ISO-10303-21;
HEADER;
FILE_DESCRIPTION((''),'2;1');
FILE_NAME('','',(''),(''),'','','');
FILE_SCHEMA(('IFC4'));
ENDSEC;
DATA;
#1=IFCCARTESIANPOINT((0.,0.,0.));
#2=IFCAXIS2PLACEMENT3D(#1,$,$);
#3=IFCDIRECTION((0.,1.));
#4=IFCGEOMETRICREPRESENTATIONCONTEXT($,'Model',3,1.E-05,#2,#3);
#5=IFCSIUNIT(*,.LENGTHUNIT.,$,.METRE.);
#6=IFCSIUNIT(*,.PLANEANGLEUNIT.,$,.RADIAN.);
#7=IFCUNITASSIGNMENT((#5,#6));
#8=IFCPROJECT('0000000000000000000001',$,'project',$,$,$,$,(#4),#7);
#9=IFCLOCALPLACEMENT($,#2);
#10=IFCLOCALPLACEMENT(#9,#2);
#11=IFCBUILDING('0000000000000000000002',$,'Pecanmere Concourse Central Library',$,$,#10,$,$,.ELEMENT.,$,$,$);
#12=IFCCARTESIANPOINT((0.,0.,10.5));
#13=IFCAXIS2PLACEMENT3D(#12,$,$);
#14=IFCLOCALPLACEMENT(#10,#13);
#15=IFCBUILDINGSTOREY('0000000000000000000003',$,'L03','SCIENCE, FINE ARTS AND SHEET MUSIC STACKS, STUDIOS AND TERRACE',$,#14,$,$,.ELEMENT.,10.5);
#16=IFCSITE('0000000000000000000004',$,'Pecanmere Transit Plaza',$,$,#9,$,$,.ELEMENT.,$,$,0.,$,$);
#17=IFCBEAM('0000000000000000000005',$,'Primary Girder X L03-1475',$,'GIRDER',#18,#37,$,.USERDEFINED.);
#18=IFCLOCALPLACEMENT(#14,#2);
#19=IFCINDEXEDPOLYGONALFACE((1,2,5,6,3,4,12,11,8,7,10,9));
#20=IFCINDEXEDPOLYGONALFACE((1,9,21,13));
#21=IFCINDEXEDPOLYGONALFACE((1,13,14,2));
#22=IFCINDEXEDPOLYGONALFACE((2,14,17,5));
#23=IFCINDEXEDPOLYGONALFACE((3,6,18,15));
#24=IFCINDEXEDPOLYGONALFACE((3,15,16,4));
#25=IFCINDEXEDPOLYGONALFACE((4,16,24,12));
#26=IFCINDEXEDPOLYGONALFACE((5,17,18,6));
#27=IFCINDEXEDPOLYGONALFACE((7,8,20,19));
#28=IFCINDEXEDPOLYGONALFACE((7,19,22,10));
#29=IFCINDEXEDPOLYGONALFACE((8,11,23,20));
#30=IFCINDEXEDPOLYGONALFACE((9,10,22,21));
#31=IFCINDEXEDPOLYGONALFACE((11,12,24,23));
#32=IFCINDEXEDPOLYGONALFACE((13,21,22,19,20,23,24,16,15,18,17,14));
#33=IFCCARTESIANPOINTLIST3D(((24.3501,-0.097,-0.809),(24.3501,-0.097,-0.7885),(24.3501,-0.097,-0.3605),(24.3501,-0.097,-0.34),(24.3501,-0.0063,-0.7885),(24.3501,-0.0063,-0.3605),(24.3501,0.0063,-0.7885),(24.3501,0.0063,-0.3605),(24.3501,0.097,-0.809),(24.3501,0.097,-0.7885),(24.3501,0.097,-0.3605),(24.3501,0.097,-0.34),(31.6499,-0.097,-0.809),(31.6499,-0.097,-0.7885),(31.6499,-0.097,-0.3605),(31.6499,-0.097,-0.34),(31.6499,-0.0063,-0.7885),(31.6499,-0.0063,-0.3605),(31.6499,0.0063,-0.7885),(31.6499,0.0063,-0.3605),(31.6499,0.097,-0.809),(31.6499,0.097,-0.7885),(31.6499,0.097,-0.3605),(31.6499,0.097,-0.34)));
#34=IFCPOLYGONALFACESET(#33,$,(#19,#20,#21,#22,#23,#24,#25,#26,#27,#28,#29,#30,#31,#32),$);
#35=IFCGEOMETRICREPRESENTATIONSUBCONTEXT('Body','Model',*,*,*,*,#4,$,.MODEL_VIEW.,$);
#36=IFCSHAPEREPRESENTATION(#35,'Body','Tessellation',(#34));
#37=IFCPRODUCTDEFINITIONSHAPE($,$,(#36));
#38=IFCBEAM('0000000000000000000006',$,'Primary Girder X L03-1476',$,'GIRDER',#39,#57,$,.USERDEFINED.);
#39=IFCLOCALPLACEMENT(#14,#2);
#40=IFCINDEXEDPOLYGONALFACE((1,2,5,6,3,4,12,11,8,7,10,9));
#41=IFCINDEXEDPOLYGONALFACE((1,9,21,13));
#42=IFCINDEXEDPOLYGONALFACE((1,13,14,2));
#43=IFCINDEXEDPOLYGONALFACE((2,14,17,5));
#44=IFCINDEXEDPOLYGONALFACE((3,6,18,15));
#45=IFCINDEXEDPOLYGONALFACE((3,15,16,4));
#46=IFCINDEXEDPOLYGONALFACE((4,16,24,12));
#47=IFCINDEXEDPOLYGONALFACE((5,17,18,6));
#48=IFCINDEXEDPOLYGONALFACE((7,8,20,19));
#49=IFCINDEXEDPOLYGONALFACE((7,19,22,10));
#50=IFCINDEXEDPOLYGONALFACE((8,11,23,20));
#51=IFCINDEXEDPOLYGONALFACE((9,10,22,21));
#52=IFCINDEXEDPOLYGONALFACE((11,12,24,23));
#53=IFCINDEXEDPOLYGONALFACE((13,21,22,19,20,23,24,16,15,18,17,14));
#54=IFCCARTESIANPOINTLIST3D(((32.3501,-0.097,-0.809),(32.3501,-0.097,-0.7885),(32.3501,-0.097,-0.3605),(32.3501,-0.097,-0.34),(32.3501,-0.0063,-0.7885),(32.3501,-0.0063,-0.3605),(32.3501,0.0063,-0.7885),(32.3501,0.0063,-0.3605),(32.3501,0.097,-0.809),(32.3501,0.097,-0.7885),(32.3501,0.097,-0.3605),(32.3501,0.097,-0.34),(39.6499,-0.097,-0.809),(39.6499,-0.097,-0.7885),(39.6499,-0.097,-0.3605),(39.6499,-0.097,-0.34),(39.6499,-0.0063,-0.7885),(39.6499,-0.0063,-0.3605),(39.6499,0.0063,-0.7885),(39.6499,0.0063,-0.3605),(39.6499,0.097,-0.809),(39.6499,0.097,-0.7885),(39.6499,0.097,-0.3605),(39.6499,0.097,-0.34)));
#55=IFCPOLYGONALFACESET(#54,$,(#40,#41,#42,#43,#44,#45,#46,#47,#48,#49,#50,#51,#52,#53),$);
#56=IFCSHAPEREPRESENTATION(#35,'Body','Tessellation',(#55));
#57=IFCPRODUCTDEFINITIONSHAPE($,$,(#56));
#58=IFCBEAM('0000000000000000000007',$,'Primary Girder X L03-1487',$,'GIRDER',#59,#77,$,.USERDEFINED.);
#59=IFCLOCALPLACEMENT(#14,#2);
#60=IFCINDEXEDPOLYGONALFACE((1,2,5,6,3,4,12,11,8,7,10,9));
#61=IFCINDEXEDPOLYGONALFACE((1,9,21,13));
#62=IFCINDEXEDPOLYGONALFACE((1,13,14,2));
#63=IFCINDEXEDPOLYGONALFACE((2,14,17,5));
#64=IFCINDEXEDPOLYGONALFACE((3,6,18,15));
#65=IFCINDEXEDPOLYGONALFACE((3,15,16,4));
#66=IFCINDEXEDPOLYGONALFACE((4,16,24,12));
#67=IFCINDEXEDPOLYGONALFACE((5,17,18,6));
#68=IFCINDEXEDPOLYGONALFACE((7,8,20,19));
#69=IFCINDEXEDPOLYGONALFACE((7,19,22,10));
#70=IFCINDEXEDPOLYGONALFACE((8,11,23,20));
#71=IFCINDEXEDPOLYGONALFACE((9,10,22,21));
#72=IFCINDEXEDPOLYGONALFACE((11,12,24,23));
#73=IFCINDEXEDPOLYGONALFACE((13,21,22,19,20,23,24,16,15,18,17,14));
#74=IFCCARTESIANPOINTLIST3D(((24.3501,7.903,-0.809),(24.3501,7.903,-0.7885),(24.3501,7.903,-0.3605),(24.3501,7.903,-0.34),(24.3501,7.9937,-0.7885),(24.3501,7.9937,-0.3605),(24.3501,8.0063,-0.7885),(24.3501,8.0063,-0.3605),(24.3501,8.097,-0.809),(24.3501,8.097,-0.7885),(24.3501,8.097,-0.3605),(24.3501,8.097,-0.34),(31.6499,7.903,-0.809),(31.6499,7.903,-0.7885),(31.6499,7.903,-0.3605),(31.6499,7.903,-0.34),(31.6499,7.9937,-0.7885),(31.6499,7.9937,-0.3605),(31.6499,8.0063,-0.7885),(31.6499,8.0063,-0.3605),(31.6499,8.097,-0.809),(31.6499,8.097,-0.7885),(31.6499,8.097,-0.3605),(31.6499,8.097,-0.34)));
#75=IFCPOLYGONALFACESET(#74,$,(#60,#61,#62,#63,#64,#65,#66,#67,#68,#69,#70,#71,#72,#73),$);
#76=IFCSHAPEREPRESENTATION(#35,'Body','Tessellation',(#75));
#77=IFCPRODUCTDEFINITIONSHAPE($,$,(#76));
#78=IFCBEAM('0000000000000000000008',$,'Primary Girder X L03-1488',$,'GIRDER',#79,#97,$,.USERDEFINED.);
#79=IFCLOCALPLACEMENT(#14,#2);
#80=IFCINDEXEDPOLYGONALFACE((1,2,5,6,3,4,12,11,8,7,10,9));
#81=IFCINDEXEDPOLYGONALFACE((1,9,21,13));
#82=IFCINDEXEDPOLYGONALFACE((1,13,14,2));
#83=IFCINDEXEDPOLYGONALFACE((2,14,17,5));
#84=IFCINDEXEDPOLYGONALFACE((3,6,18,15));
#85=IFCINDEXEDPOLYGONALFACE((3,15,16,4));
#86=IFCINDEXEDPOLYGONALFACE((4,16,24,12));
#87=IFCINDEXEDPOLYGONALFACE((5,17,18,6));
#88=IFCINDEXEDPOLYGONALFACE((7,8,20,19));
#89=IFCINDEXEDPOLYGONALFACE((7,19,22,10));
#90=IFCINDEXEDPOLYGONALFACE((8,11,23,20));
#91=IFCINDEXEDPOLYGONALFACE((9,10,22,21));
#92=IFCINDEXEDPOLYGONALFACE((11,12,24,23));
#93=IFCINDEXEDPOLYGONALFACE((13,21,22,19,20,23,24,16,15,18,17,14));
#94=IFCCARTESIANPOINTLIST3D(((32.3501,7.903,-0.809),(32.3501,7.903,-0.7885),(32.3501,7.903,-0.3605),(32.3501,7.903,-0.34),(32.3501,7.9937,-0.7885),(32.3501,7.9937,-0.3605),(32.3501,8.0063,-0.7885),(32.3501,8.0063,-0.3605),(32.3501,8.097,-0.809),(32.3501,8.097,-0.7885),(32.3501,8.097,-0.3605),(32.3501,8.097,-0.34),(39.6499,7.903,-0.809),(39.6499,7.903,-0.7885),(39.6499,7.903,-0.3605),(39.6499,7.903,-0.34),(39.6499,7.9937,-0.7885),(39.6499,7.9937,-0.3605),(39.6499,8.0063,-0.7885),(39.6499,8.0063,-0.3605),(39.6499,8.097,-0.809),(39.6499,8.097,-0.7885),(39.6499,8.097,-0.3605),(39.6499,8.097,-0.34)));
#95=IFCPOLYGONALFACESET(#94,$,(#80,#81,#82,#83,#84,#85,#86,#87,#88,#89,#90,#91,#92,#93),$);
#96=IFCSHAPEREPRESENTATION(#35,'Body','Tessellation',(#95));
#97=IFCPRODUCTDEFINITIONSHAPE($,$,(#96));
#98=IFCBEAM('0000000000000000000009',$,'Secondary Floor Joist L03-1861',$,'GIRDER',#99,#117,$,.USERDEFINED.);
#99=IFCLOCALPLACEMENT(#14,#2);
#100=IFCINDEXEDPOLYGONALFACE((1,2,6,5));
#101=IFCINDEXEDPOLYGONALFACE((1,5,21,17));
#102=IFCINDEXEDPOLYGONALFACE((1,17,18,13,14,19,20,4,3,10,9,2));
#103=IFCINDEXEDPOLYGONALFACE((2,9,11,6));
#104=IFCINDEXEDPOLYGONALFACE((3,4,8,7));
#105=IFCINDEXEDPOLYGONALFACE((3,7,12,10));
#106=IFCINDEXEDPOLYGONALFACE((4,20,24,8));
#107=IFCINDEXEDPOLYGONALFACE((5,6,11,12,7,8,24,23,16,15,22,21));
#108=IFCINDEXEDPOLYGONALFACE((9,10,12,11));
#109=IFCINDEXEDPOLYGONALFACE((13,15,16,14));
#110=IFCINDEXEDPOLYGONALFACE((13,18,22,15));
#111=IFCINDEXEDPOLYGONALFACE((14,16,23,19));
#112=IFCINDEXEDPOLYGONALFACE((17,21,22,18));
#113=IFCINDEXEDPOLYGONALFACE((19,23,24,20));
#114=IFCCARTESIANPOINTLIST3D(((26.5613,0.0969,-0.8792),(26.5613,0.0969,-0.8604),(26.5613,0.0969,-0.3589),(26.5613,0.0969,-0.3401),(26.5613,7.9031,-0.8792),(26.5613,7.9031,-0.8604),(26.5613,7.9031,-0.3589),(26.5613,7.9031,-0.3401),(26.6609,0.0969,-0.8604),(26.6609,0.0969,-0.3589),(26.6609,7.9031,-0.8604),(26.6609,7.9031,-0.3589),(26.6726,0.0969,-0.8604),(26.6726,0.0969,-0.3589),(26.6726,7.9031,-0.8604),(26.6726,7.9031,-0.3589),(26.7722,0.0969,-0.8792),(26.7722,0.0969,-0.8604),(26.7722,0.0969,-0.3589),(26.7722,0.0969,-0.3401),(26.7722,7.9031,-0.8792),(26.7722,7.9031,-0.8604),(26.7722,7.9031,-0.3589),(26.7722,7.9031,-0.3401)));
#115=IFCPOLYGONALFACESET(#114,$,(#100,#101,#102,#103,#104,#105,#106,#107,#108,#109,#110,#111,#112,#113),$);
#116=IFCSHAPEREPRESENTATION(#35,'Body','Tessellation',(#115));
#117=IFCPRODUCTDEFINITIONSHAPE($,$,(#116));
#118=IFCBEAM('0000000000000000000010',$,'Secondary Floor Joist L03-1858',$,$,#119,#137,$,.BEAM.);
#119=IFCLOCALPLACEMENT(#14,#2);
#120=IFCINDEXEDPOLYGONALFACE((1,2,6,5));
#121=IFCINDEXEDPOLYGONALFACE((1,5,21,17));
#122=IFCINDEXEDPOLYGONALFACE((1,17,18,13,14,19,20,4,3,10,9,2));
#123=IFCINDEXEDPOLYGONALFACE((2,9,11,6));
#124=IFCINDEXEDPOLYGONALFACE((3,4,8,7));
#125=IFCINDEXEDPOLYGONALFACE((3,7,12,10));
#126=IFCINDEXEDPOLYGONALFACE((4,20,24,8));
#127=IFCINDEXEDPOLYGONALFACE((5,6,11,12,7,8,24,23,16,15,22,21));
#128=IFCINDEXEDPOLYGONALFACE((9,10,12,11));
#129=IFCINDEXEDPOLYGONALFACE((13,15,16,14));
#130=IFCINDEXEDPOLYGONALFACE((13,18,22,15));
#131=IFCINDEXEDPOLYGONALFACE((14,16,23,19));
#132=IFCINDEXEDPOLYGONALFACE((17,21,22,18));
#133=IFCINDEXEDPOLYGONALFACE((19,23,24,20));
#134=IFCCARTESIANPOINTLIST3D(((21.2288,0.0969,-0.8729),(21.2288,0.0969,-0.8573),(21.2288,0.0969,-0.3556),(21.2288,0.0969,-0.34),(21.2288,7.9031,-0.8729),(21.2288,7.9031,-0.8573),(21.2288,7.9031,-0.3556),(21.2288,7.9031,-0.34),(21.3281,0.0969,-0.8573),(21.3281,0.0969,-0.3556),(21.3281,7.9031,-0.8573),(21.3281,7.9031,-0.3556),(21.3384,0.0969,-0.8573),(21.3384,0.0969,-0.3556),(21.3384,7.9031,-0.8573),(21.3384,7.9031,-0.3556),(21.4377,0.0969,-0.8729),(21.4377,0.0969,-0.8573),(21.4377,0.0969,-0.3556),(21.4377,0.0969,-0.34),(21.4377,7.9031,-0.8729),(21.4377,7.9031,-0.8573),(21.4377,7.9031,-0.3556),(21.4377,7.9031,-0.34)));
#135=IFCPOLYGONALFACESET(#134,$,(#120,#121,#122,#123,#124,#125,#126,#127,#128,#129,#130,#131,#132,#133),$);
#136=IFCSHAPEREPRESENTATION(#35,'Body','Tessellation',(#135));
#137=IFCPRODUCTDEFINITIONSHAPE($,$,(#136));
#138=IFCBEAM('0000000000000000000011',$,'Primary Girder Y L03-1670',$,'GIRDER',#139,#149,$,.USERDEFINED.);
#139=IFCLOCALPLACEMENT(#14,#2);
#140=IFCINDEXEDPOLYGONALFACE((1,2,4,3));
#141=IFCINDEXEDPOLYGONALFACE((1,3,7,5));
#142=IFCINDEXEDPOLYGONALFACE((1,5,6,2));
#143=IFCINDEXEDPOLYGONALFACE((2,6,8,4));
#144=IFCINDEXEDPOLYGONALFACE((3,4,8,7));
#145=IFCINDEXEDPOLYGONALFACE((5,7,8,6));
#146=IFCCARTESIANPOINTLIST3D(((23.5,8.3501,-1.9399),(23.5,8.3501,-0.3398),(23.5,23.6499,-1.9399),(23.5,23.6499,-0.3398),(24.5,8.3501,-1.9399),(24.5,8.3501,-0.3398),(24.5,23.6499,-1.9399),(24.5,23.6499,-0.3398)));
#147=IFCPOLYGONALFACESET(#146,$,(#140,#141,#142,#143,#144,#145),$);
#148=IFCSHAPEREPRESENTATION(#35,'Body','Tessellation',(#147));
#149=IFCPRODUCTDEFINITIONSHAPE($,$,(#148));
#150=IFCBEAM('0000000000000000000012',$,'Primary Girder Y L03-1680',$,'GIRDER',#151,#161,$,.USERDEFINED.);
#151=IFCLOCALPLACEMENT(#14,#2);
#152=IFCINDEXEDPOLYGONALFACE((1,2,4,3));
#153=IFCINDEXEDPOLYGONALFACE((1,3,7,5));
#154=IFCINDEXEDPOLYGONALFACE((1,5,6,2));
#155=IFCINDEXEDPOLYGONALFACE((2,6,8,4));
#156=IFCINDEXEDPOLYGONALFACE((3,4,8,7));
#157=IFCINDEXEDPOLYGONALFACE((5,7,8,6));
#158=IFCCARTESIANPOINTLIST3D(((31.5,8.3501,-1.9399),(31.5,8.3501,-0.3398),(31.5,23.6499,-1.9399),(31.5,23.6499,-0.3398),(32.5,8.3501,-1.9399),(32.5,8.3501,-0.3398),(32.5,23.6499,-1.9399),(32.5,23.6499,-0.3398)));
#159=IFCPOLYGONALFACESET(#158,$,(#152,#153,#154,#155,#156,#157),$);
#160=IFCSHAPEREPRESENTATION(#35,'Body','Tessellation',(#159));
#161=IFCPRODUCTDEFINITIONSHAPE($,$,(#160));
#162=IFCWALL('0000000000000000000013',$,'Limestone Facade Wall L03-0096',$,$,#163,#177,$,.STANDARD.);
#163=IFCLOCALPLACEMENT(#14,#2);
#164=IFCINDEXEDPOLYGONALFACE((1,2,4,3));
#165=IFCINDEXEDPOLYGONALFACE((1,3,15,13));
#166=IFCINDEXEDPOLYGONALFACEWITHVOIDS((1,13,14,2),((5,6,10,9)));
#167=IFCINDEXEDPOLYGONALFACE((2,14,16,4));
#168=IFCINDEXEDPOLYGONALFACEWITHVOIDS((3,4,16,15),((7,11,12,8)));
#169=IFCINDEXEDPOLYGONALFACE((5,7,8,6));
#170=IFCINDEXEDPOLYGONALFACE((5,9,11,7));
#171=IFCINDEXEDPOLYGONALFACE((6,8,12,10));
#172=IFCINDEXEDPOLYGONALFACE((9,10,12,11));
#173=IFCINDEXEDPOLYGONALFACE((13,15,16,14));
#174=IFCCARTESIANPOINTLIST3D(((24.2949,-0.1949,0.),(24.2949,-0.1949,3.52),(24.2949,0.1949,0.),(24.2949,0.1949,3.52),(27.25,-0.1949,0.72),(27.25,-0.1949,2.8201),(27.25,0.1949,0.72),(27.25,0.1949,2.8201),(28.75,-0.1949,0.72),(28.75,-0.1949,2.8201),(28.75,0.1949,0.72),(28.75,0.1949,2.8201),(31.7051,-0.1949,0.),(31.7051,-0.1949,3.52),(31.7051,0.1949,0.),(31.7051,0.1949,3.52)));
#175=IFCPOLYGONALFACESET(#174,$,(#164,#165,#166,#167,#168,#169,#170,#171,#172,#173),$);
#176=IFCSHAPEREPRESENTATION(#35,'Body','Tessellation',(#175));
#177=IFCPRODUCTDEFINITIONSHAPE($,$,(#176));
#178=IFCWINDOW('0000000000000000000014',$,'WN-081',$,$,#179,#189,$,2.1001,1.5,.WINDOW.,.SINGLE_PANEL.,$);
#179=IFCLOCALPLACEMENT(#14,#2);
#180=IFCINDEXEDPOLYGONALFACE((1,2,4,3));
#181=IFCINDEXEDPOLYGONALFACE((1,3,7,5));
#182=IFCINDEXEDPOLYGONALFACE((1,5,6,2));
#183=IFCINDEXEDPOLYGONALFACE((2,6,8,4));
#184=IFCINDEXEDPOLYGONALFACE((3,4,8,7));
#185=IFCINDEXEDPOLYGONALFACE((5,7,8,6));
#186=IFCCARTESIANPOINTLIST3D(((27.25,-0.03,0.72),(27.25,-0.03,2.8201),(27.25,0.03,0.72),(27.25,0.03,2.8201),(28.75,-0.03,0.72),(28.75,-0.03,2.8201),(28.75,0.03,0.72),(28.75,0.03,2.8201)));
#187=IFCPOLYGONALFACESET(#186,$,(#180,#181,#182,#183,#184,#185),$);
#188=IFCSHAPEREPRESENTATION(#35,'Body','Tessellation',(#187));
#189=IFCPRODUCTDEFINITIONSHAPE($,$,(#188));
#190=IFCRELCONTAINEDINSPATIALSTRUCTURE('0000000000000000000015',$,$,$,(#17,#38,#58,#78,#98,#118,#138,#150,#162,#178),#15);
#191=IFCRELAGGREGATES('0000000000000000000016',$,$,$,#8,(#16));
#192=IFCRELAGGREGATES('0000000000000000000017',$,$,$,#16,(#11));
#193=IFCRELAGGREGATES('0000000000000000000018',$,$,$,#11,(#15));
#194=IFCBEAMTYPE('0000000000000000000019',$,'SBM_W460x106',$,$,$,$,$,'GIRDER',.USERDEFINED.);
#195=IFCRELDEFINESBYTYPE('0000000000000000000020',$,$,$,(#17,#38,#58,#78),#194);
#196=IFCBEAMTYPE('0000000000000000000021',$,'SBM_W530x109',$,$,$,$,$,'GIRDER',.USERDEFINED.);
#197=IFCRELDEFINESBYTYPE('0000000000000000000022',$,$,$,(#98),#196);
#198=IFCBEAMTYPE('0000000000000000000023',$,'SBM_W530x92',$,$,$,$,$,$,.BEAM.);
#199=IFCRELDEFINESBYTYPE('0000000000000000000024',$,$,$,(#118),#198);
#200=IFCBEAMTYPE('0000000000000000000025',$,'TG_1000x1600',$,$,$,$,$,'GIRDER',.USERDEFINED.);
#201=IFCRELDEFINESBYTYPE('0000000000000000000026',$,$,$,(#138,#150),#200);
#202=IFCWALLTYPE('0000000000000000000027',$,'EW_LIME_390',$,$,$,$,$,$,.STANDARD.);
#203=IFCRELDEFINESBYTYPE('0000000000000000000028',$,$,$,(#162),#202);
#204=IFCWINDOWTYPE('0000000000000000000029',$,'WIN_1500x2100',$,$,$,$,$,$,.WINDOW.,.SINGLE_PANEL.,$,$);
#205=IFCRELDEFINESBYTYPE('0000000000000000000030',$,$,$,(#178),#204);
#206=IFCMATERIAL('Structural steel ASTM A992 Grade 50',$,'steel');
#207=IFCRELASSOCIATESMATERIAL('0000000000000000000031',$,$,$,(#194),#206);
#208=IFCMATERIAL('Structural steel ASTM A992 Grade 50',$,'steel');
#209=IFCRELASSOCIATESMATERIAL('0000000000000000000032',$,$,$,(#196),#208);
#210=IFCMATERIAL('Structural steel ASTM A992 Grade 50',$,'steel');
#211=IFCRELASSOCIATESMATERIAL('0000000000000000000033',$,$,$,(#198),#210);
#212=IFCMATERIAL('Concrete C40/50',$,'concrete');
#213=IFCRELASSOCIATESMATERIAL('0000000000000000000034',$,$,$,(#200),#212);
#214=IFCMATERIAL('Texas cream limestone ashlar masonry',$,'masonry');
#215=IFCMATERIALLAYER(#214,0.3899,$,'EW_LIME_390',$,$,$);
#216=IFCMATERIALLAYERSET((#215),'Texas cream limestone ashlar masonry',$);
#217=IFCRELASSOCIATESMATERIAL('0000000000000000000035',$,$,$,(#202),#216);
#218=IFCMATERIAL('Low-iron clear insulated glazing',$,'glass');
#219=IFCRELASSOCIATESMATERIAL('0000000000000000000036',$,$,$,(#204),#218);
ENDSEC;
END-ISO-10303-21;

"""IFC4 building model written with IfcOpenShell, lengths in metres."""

from ifc_helpers import new_model, si_unit, direction, frame, frame_2d, origin, origin_2d, place, context, subcontext, project, spatial, rectangle, i_section, extrude, material, layer, layer_set, material_profile, profile_set, type_object, element, fill, save


model = new_model("IFC4")

# Units and contexts
model_context = context("Model", 3, precision=1e-05, world=origin(), true_north=direction((0.0, 1.0)))
body_context = subcontext(model_context, "Body", "Model", "MODEL_VIEW")
ifc_project = project(units=[si_unit("LENGTHUNIT", "METRE"), si_unit("PLANEANGLEUNIT", "RADIAN")], contexts=[model_context])

# Site, building, storey
site_placement = place(None, origin())
site = spatial("IfcSite", under=ifc_project, at=site_placement, Name="Pecanmere Transit Plaza", CompositionType="ELEMENT", RefElevation=0.0)
building_placement = place(site_placement, origin())
building = spatial("IfcBuilding", under=site, at=building_placement, Name="Pecanmere Concourse Central Library", CompositionType="ELEMENT")
storey_placement = place(building_placement, frame((0.0, 0.0, 10.5)))
storey = spatial("IfcBuildingStorey", under=building, at=storey_placement, Name="L03", Description="SCIENCE, FINE ARTS AND SHEET MUSIC STACKS, STUDIOS AND TERRACE", CompositionType="ELEMENT", Elevation=10.5)

# Beams
ifc_material_1 = material(Name="Structural steel ASTM A992 Grade 50", Category="steel")
ifc_material_profile_1 = material_profile(ifc_material_1, i_section(OverallWidth=0.1941, OverallDepth=0.469, WebThickness=0.0127, FlangeThickness=0.0205, at=origin_2d()), Name="W460x106")
ifc_profile_set_1 = profile_set([ifc_material_profile_1], Name="Structural steel ASTM A992 Grade 50")
beam_type_1 = type_object("IfcBeamType", Name="SBM_W460x106", ElementType="GIRDER", PredefinedType="USERDEFINED", material=ifc_profile_set_1)
for number, where, z_axis, x_axis, name in (
    (1, (24.3501, 0.0, -0.5745), (1.0, 0.0, 0.0), (0.0, 1.0, 0.0), "Primary Girder X L03-1475"),
    (2, (32.3501, 0.0, -0.5745), (1.0, 0.0, 0.0), (0.0, 1.0, 0.0), "Primary Girder X L03-1476"),
    (3, (24.3501, 8.0, -0.5745), (1.0, 0.0, 0.0), (0.0, 1.0, 0.0), "Primary Girder X L03-1487"),
    (4, (32.3501, 8.0, -0.5745), (1.0, 0.0, 0.0), (0.0, 1.0, 0.0), "Primary Girder X L03-1488"),
):
    element("IfcBeam", number, at=place(storey_placement, frame(where, z_axis=z_axis, x_axis=x_axis)), inside=storey, type_object=beam_type_1, Name=name, ObjectType="GIRDER", PredefinedType="USERDEFINED", context=body_context, shape_type="SweptSolid", body=[
        extrude(i_section(OverallWidth=0.1941, OverallDepth=0.469, WebThickness=0.0127, FlangeThickness=0.0205, at=origin_2d()), origin(), (0.0, 0.0, 1.0), 7.2998),
    ])
ifc_material_2 = material(Name="Structural steel ASTM A992 Grade 50", Category="steel")
ifc_material_profile_2 = material_profile(ifc_material_2, i_section(OverallWidth=0.2109, OverallDepth=0.5391, WebThickness=0.0117, FlangeThickness=0.0188, at=origin_2d()), Name="W530x109")
ifc_profile_set_2 = profile_set([ifc_material_profile_2], Name="Structural steel ASTM A992 Grade 50")
beam_type_2 = type_object("IfcBeamType", Name="SBM_W530x109", ElementType="GIRDER", PredefinedType="USERDEFINED", material=ifc_profile_set_2)
beam_1_placement = place(storey_placement, frame((26.6667, 0.0969, -0.6096), z_axis=(0.0, 1.0, 0.0), x_axis=(-1.0, 0.0, 0.0)))
element("IfcBeam", 5, at=beam_1_placement, inside=storey, type_object=beam_type_2, Name="Secondary Floor Joist L03-1861", ObjectType="GIRDER", PredefinedType="USERDEFINED", context=body_context, shape_type="SweptSolid", body=[
    extrude(i_section(OverallWidth=0.2109, OverallDepth=0.5391, WebThickness=0.0117, FlangeThickness=0.0188, at=origin_2d()), origin(), (0.0, 0.0, 1.0), 7.8062),
])
ifc_material_3 = material(Name="Structural steel ASTM A992 Grade 50", Category="steel")
ifc_material_profile_3 = material_profile(ifc_material_3, i_section(OverallWidth=0.209, OverallDepth=0.533, WebThickness=0.0103, FlangeThickness=0.0156, at=origin_2d()), Name="W530x92")
ifc_profile_set_3 = profile_set([ifc_material_profile_3], Name="Structural steel ASTM A992 Grade 50")
beam_type_3 = type_object("IfcBeamType", Name="SBM_W530x92", PredefinedType="BEAM", material=ifc_profile_set_3)
beam_2_placement = place(storey_placement, frame((21.3333, 0.0969, -0.6064), z_axis=(0.0, 1.0, 0.0), x_axis=(-1.0, 0.0, 0.0)))
element("IfcBeam", 6, at=beam_2_placement, inside=storey, type_object=beam_type_3, Name="Secondary Floor Joist L03-1858", PredefinedType="BEAM", context=body_context, shape_type="SweptSolid", body=[
    extrude(i_section(OverallWidth=0.209, OverallDepth=0.533, WebThickness=0.0103, FlangeThickness=0.0156, at=origin_2d()), origin(), (0.0, 0.0, 1.0), 7.8062),
])
ifc_material_4 = material(Name="Concrete C40/50", Category="concrete")
ifc_material_profile_4 = material_profile(ifc_material_4, rectangle(XDim=1.0, YDim=1.6001, at=origin_2d()), Name="RC 1000x1600")
ifc_profile_set_4 = profile_set([ifc_material_profile_4], Name="Concrete C40/50")
beam_type_4 = type_object("IfcBeamType", Name="TG_1000x1600", ElementType="GIRDER", PredefinedType="USERDEFINED", material=ifc_profile_set_4)
for number, where, z_axis, x_axis, name in (
    (7, (24.0, 8.3501, -1.1399), (0.0, 1.0, 0.0), (-1.0, 0.0, 0.0), "Primary Girder Y L03-1670"),
    (8, (32.0, 8.3501, -1.1399), (0.0, 1.0, 0.0), (-1.0, 0.0, 0.0), "Primary Girder Y L03-1680"),
):
    element("IfcBeam", number, at=place(storey_placement, frame(where, z_axis=z_axis, x_axis=x_axis)), inside=storey, type_object=beam_type_4, Name=name, ObjectType="GIRDER", PredefinedType="USERDEFINED", context=body_context, shape_type="SweptSolid", body=[
        extrude(rectangle(XDim=1.0, YDim=1.6001, at=origin_2d()), origin(), (0.0, 0.0, 1.0), 15.2998),
    ])

# Wall, opening, window
ifc_material_5 = material(Name="Texas cream limestone ashlar masonry", Category="masonry")
ifc_layer = layer(ifc_material_5, 0.3899, Name="EW_LIME_390")
ifc_layer_set = layer_set([ifc_layer], Name="Texas cream limestone ashlar masonry")
wall_type = type_object("IfcWallType", Name="EW_LIME_390", PredefinedType="STANDARD", material=ifc_layer_set)
wall_1_placement = place(storey_placement, frame((24.2949, 0.0, 0.0), z_axis=(0.0, 0.0, 1.0), x_axis=(1.0, 0.0, 0.0)))
wall_1 = element("IfcWall", 9, at=wall_1_placement, inside=storey, type_object=wall_type, Name="Limestone Facade Wall L03-0096", PredefinedType="STANDARD", context=body_context, shape_type="SweptSolid", body=[
    extrude(rectangle(XDim=7.4102, YDim=0.3899, at=frame_2d((3.7051, 0.0))), origin(), (0.0, 0.0, 1.0), 3.52),
])
opening_1_placement = place(wall_1_placement, frame((2.9551, 0.0, 0.72)))
opening_1 = element("IfcOpeningElement", 10, at=opening_1_placement, cuts=wall_1, PredefinedType="OPENING", context=body_context, shape_type="SweptSolid", body=[
    extrude(rectangle(XDim=1.5, YDim=2.1001, at=frame_2d((0.75, 1.05))), frame((0.0, 0.207, 0.0), z_axis=(0.0, -1.0, 0.0), x_axis=(1.0, 0.0, 0.0)), (0.0, 0.0, 1.0), 0.4138),
])
ifc_material_6 = material(Name="Low-iron clear insulated glazing", Category="glass")
window_type_1 = type_object("IfcWindowType", Name="WIN_1500x2100", PartitioningType="SINGLE_PANEL", PredefinedType="WINDOW", material=ifc_material_6)
window_1_placement = place(opening_1_placement, origin())
window_1 = element("IfcWindow", 11, at=window_1_placement, inside=storey, type_object=window_type_1, Name="WN-081", OverallHeight=2.1001, OverallWidth=1.5, PartitioningType="SINGLE_PANEL", PredefinedType="WINDOW", context=body_context, shape_type="SweptSolid", body=[
    extrude(rectangle(XDim=1.5, YDim=2.1001, at=frame_2d((0.75, 1.05))), frame((0.0, 0.03, 0.0), z_axis=(0.0, -1.0, 0.0), x_axis=(1.0, 0.0, 0.0)), (0.0, 0.0, 1.0), 0.0601),
])
fill(opening_1, window_1)

save(model, "model.ifc")
